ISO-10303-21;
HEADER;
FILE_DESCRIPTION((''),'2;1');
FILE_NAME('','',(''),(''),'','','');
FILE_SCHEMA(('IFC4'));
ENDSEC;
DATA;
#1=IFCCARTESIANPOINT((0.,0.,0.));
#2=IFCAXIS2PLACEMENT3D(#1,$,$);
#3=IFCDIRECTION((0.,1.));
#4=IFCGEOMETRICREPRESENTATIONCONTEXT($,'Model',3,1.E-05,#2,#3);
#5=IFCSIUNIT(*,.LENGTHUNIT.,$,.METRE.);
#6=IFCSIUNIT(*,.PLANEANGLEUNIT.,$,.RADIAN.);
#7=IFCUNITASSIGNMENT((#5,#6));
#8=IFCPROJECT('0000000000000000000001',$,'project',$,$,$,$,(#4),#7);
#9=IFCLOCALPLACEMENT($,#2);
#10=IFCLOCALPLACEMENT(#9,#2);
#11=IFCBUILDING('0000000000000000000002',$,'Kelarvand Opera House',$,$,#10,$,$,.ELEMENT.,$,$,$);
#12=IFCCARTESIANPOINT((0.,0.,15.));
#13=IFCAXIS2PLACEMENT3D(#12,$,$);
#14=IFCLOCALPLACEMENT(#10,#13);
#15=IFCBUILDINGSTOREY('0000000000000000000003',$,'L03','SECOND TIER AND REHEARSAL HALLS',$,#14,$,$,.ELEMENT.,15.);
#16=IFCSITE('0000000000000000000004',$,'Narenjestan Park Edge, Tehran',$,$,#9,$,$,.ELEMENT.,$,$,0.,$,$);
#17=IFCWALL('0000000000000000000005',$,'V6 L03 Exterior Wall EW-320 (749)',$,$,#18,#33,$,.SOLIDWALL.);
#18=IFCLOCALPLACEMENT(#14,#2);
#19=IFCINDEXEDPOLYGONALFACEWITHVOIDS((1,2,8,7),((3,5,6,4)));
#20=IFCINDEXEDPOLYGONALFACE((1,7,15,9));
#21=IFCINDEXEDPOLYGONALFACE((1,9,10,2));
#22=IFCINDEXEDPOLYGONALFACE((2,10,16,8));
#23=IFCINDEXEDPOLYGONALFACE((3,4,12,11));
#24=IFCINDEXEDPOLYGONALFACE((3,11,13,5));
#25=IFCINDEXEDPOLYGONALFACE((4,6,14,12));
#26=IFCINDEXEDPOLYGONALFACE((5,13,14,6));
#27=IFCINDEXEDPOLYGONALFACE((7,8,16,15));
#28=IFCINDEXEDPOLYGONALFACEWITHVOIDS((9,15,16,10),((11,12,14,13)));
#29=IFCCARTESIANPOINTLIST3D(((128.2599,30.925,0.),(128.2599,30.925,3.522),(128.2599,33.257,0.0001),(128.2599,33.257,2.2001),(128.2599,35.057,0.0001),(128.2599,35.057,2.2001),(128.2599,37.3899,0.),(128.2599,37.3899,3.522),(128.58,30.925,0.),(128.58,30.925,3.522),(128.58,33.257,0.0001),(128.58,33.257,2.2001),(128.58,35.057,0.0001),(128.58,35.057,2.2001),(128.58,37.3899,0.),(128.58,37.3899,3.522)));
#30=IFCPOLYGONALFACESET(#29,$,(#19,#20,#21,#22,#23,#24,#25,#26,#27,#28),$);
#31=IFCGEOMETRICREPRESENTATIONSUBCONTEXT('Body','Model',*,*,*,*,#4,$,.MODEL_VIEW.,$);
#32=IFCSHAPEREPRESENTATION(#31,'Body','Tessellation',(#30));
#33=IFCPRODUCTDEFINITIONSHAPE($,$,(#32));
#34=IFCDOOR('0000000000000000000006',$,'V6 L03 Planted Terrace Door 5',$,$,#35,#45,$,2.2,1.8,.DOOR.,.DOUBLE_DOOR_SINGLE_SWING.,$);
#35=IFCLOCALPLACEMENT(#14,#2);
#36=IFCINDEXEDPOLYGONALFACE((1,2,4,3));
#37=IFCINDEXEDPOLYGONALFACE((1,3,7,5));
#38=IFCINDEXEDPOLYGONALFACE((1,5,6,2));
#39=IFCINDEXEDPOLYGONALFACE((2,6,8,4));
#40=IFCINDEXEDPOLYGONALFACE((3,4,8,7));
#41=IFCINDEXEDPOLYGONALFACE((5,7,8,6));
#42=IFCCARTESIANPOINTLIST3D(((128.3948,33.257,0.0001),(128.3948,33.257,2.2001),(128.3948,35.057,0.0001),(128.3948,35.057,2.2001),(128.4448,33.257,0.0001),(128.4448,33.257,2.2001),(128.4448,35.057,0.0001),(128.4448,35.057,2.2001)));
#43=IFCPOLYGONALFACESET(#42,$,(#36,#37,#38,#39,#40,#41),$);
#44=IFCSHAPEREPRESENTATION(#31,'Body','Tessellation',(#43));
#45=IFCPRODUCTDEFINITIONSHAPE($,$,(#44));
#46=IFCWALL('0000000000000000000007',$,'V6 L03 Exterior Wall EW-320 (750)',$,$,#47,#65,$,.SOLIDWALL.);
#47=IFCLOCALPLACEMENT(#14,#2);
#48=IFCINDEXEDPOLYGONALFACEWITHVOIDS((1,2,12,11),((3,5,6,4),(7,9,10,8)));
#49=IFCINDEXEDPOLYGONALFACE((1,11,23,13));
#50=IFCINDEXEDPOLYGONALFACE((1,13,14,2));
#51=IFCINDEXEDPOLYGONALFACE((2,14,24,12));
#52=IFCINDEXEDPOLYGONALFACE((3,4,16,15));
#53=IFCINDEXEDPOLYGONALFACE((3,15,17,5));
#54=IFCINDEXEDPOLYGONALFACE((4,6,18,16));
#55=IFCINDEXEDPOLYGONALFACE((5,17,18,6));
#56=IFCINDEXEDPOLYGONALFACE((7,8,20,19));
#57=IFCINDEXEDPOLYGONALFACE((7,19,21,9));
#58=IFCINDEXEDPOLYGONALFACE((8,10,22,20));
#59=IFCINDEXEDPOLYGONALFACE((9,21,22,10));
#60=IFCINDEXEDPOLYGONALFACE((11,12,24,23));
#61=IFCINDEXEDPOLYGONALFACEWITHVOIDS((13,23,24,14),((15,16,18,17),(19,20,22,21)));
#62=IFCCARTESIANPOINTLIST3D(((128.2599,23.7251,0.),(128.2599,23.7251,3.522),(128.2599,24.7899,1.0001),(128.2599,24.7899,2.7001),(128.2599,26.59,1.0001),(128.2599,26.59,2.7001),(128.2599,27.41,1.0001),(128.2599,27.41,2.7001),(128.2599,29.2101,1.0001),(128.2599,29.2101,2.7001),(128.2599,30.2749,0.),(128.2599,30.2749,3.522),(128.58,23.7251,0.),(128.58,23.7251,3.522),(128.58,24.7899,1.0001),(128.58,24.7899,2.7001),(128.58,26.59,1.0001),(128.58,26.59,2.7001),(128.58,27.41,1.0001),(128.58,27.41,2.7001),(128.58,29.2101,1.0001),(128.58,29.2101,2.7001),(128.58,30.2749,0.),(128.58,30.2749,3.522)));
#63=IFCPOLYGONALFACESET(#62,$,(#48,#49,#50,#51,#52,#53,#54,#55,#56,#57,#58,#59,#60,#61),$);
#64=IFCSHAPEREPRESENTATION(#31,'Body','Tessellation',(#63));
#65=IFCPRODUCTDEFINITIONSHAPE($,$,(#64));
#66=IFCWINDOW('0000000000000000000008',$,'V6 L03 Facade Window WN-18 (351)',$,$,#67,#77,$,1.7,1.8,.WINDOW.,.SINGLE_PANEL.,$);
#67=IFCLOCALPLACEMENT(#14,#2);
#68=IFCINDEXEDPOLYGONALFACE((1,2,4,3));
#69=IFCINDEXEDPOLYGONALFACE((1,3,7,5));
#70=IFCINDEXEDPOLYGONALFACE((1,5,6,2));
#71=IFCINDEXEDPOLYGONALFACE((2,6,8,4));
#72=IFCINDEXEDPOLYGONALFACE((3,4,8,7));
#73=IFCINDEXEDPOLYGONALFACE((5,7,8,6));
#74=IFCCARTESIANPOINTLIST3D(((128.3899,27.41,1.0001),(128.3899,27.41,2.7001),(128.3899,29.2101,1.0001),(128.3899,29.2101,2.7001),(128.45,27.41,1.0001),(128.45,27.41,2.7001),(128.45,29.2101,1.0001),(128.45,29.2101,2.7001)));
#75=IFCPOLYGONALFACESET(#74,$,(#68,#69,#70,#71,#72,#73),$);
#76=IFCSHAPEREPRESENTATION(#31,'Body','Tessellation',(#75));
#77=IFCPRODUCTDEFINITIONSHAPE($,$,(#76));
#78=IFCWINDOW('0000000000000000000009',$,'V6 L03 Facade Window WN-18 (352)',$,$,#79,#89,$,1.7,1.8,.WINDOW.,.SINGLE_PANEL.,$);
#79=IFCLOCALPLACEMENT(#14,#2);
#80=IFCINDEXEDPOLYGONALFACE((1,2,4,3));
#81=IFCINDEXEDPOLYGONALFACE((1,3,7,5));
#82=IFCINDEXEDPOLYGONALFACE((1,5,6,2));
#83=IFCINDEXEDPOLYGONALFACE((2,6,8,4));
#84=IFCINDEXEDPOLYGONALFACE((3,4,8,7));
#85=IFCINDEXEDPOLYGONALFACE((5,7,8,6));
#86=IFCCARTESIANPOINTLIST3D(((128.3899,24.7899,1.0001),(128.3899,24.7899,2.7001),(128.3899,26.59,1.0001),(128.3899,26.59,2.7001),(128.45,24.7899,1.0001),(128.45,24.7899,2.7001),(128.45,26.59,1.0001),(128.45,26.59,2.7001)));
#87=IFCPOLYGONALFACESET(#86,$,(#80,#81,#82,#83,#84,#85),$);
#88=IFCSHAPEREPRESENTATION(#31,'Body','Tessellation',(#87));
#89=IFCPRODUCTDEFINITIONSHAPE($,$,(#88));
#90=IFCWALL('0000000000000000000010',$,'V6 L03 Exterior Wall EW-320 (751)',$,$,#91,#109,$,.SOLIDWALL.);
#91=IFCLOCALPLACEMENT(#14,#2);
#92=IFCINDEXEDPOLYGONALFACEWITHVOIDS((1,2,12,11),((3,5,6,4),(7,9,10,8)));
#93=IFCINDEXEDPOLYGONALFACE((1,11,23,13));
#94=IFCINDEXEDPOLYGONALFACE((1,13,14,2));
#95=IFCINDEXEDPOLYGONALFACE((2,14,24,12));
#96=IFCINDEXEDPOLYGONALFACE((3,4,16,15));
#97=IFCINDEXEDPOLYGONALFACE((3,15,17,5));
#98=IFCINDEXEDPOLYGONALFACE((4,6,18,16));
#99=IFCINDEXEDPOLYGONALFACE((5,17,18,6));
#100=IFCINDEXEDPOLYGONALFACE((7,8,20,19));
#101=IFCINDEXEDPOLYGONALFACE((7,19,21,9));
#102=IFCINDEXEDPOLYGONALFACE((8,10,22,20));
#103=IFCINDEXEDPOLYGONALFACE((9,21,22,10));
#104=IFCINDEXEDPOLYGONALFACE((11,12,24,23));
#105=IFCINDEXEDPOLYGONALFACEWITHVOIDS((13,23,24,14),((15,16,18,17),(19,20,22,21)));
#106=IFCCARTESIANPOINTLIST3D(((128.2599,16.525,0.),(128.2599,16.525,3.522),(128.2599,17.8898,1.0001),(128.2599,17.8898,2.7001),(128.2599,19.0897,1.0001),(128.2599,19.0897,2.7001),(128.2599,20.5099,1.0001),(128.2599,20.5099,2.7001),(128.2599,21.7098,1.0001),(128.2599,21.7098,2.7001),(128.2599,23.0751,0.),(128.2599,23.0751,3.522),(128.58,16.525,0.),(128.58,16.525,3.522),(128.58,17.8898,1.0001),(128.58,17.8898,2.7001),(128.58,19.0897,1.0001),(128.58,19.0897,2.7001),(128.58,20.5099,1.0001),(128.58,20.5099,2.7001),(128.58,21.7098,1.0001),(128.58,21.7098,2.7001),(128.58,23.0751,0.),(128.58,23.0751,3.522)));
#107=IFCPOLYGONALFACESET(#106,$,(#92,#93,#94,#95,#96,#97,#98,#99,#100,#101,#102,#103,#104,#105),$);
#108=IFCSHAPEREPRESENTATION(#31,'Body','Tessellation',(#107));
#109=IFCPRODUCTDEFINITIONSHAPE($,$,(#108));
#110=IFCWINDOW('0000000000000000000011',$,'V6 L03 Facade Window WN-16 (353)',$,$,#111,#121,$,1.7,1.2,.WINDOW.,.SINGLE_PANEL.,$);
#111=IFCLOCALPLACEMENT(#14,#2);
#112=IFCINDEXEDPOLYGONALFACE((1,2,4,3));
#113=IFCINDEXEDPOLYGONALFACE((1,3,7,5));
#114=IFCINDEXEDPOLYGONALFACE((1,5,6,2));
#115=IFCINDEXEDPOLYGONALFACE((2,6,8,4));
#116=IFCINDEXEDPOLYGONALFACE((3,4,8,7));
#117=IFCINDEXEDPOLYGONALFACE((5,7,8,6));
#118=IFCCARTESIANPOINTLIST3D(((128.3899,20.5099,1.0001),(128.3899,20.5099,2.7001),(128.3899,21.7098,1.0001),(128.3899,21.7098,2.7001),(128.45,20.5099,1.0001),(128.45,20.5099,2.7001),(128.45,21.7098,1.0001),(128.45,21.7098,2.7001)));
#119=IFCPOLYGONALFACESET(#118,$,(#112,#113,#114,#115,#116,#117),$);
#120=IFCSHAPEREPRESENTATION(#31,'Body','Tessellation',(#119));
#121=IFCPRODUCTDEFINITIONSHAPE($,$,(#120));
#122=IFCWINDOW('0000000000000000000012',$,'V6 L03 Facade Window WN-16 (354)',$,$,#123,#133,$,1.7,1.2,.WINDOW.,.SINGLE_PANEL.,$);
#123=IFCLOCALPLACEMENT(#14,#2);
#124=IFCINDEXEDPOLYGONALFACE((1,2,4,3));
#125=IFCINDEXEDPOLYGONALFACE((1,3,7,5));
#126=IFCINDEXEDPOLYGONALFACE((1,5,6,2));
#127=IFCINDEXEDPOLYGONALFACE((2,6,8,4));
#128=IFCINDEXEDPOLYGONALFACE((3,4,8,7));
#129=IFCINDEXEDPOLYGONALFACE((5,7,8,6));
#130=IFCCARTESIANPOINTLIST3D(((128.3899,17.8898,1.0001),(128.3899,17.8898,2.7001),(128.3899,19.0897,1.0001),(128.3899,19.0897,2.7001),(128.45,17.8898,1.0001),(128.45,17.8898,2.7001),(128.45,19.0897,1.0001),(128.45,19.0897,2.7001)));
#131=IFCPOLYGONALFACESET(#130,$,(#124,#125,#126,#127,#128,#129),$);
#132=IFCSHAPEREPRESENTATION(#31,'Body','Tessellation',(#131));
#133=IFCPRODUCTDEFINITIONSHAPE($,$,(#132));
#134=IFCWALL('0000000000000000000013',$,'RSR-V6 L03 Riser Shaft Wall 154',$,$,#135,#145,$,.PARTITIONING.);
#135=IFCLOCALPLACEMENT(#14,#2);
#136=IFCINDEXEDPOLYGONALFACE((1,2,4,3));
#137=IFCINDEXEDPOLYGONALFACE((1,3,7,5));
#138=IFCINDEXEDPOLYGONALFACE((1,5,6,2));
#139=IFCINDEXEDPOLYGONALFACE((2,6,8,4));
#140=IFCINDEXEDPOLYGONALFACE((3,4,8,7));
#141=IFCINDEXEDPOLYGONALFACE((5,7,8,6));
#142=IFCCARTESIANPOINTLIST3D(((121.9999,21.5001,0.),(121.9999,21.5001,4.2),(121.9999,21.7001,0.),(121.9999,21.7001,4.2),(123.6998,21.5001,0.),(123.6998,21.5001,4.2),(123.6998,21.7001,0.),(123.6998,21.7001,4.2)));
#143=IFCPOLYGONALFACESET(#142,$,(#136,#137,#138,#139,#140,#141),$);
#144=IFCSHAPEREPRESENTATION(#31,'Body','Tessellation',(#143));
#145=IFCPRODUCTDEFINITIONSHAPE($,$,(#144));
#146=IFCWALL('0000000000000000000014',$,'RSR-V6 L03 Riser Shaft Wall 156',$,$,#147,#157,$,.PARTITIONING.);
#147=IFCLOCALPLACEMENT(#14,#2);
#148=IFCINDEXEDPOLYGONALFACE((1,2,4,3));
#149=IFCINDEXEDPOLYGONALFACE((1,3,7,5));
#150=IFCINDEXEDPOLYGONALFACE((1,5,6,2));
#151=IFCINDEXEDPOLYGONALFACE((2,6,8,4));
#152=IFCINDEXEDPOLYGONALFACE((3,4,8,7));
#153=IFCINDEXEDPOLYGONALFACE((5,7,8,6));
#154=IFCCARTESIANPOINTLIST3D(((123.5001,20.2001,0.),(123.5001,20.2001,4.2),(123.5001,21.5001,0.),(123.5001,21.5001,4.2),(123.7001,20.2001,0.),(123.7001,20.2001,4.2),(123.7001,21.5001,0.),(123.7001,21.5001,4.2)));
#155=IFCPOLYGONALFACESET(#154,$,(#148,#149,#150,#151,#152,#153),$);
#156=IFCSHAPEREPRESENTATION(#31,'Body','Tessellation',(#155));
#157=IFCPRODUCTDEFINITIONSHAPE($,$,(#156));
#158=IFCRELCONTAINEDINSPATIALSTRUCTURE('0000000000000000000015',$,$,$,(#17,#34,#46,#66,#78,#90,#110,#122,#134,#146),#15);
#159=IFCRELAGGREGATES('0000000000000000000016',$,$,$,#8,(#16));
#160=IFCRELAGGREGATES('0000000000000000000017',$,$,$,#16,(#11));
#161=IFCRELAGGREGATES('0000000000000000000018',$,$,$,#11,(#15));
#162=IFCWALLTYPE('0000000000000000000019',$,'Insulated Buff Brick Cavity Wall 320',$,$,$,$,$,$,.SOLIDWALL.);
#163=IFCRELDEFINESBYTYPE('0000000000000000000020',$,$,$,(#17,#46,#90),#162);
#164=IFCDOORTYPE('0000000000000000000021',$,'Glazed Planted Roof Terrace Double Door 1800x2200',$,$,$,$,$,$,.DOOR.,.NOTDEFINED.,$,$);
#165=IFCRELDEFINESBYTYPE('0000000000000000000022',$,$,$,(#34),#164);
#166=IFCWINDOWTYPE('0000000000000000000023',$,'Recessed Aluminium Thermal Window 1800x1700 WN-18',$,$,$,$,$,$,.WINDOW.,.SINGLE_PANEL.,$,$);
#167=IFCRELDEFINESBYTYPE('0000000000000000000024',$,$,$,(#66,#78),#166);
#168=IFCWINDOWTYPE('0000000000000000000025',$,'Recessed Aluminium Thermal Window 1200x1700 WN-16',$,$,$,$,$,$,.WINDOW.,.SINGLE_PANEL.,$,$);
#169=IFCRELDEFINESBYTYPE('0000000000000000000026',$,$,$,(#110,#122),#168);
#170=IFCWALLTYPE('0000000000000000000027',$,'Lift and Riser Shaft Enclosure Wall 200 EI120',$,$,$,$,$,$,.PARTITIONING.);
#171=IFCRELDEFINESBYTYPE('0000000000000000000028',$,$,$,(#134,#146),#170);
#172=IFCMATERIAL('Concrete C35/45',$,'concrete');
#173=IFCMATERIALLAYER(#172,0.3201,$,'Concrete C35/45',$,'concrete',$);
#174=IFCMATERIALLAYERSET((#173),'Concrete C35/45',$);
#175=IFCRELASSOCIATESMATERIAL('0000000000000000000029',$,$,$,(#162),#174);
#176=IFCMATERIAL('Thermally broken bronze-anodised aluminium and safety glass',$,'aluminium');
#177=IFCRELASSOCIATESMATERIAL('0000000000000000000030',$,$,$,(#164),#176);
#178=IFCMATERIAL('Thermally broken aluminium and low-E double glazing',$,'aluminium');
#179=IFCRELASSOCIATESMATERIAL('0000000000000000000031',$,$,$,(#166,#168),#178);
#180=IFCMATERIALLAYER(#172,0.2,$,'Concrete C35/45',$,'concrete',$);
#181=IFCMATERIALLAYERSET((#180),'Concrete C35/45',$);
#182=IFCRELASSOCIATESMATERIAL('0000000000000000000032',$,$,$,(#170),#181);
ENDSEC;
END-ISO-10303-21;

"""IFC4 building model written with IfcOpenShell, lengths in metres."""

from ifc_helpers import new_model, si_unit, direction, frame, frame_2d, origin, place, context, subcontext, project, spatial, rectangle, extrude, material, layer, layer_set, type_object, element, fill, save


model = new_model("IFC4")

# Units and contexts
model_context = context("Model", 3, precision=1e-05, world=origin(), true_north=direction((0.0, 1.0)))
body_context = subcontext(model_context, "Body", "Model", "MODEL_VIEW")
ifc_project = project(units=[si_unit("LENGTHUNIT", "METRE"), si_unit("PLANEANGLEUNIT", "RADIAN")], contexts=[model_context])

# Site, building, storey
site_placement = place(None, origin())
site = spatial("IfcSite", under=ifc_project, at=site_placement, Name="Narenjestan Park Edge, Tehran", CompositionType="ELEMENT", RefElevation=0.0)
building_placement = place(site_placement, origin())
building = spatial("IfcBuilding", under=site, at=building_placement, Name="Kelarvand Opera House", CompositionType="ELEMENT")
storey_placement = place(building_placement, frame((0.0, 0.0, 15.0)))
storey = spatial("IfcBuildingStorey", under=building, at=storey_placement, Name="L03", Description="SECOND TIER AND REHEARSAL HALLS", CompositionType="ELEMENT", Elevation=15.0)

# Wall, opening, door
ifc_material_1 = material(Name="Concrete C35/45", Category="concrete")
ifc_layer_1 = layer(ifc_material_1, 0.3201, Name="Concrete C35/45", Category="concrete")
ifc_layer_set_1 = layer_set([ifc_layer_1], Name="Concrete C35/45")
wall_type_1 = type_object("IfcWallType", Name="Insulated Buff Brick Cavity Wall 320", PredefinedType="SOLIDWALL", material=ifc_layer_set_1)
wall_1_placement = place(storey_placement, frame((128.4199, 37.3899, 0.0), z_axis=(0.0, 0.0, 1.0), x_axis=(0.0, -1.0, 0.0)))
wall_1 = element("IfcWall", 1, at=wall_1_placement, inside=storey, type_object=wall_type_1, Name="V6 L03 Exterior Wall EW-320 (749)", PredefinedType="SOLIDWALL", context=body_context, shape_type="SweptSolid", body=[
    extrude(rectangle(XDim=6.4648, YDim=0.3201, at=frame_2d((3.2324, 0.0))), origin(), (0.0, 0.0, 1.0), 3.522),
])
opening_1_placement = place(wall_1_placement, frame((2.333, 0.0, 0.0)))
opening_1 = element("IfcOpeningElement", 2, at=opening_1_placement, cuts=wall_1, PredefinedType="OPENING", context=body_context, shape_type="SweptSolid", body=[
    extrude(rectangle(XDim=1.8, YDim=2.2, at=frame_2d((0.8999, 1.1001))), frame((0.0, 0.1699, 0.0), z_axis=(0.0, -1.0, 0.0), x_axis=(1.0, 0.0, 0.0)), (0.0, 0.0, 1.0), 0.3401),
])
ifc_material_2 = material(Name="Thermally broken bronze-anodised aluminium and safety glass", Category="aluminium")
door_type = type_object("IfcDoorType", Name="Glazed Planted Roof Terrace Double Door 1800x2200", OperationType="NOTDEFINED", PredefinedType="DOOR", material=ifc_material_2)
door_placement = place(opening_1_placement, origin())
door = element("IfcDoor", 3, at=door_placement, inside=storey, type_object=door_type, Name="V6 L03 Planted Terrace Door 5", OperationType="DOUBLE_DOOR_SINGLE_SWING", OverallHeight=2.2, OverallWidth=1.8, PredefinedType="DOOR", context=body_context, shape_type="SweptSolid", body=[
    extrude(rectangle(XDim=1.8, YDim=2.2, at=frame_2d((0.8999, 1.1001))), frame((0.0, 0.0249, 0.0), z_axis=(0.0, -1.0, 0.0), x_axis=(1.0, 0.0, 0.0)), (0.0, 0.0, 1.0), 0.05),
])
fill(opening_1, door)

# Walls, openings, windows
wall_2_placement = place(storey_placement, frame((128.4199, 30.2749, 0.0), z_axis=(0.0, 0.0, 1.0), x_axis=(0.0, -1.0, 0.0)))
wall_2 = element("IfcWall", 4, at=wall_2_placement, inside=storey, type_object=wall_type_1, Name="V6 L03 Exterior Wall EW-320 (750)", PredefinedType="SOLIDWALL", context=body_context, shape_type="SweptSolid", body=[
    extrude(rectangle(XDim=6.5498, YDim=0.3201, at=frame_2d((3.2749, 0.0))), origin(), (0.0, 0.0, 1.0), 3.522),
])
opening_2_placement = place(wall_2_placement, frame((1.0649, 0.0, 1.0)))
opening_2 = element("IfcOpeningElement", 5, at=opening_2_placement, cuts=wall_2, PredefinedType="OPENING", context=body_context, shape_type="SweptSolid", body=[
    extrude(rectangle(XDim=1.8, YDim=1.7, at=frame_2d((0.8999, 0.8501))), frame((0.0, 0.1699, 0.0), z_axis=(0.0, -1.0, 0.0), x_axis=(1.0, 0.0, 0.0)), (0.0, 0.0, 1.0), 0.3401),
])
opening_3_placement = place(wall_2_placement, frame((3.6851, 0.0, 1.0)))
opening_3 = element("IfcOpeningElement", 6, at=opening_3_placement, cuts=wall_2, PredefinedType="OPENING", context=body_context, shape_type="SweptSolid", body=[
    extrude(rectangle(XDim=1.8, YDim=1.7, at=frame_2d((0.8999, 0.8501))), frame((0.0, 0.1699, 0.0), z_axis=(0.0, -1.0, 0.0), x_axis=(1.0, 0.0, 0.0)), (0.0, 0.0, 1.0), 0.3401),
])
ifc_material_3 = material(Name="Thermally broken aluminium and low-E double glazing", Category="aluminium")
window_type_1 = type_object("IfcWindowType", Name="Recessed Aluminium Thermal Window 1800x1700 WN-18", PartitioningType="SINGLE_PANEL", PredefinedType="WINDOW", material=ifc_material_3)
window_1_placement = place(opening_2_placement, origin())
window_1 = element("IfcWindow", 7, at=window_1_placement, inside=storey, type_object=window_type_1, Name="V6 L03 Facade Window WN-18 (351)", OverallHeight=1.7, OverallWidth=1.8, PartitioningType="SINGLE_PANEL", PredefinedType="WINDOW", context=body_context, shape_type="SweptSolid", body=[
    extrude(rectangle(XDim=1.8, YDim=1.7, at=frame_2d((0.8999, 0.8501))), frame((0.0, 0.03, 0.0), z_axis=(0.0, -1.0, 0.0), x_axis=(1.0, 0.0, 0.0)), (0.0, 0.0, 1.0), 0.0601),
])
fill(opening_2, window_1)
window_2_placement = place(opening_3_placement, origin())
window_2 = element("IfcWindow", 8, at=window_2_placement, inside=storey, type_object=window_type_1, Name="V6 L03 Facade Window WN-18 (352)", OverallHeight=1.7, OverallWidth=1.8, PartitioningType="SINGLE_PANEL", PredefinedType="WINDOW", context=body_context, shape_type="SweptSolid", body=[
    extrude(rectangle(XDim=1.8, YDim=1.7, at=frame_2d((0.8999, 0.8501))), frame((0.0, 0.03, 0.0), z_axis=(0.0, -1.0, 0.0), x_axis=(1.0, 0.0, 0.0)), (0.0, 0.0, 1.0), 0.0601),
])
fill(opening_3, window_2)
wall_3_placement = place(storey_placement, frame((128.4199, 23.075, 0.0), z_axis=(0.0, 0.0, 1.0), x_axis=(0.0, -1.0, 0.0)))
wall_3 = element("IfcWall", 9, at=wall_3_placement, inside=storey, type_object=wall_type_1, Name="V6 L03 Exterior Wall EW-320 (751)", PredefinedType="SOLIDWALL", context=body_context, shape_type="SweptSolid", body=[
    extrude(rectangle(XDim=6.55, YDim=0.3201, at=frame_2d((3.2749, 0.0))), origin(), (0.0, 0.0, 1.0), 3.522),
])
opening_4_placement = place(wall_3_placement, frame((1.365, 0.0, 1.0)))
opening_4 = element("IfcOpeningElement", 10, at=opening_4_placement, cuts=wall_3, PredefinedType="OPENING", context=body_context, shape_type="SweptSolid", body=[
    extrude(rectangle(XDim=1.2, YDim=1.7, at=frame_2d((0.6001, 0.8501))), frame((0.0, 0.1699, 0.0), z_axis=(0.0, -1.0, 0.0), x_axis=(1.0, 0.0, 0.0)), (0.0, 0.0, 1.0), 0.3401),
])
opening_5_placement = place(wall_3_placement, frame((3.9851, 0.0, 1.0)))
opening_5 = element("IfcOpeningElement", 11, at=opening_5_placement, cuts=wall_3, PredefinedType="OPENING", context=body_context, shape_type="SweptSolid", body=[
    extrude(rectangle(XDim=1.2, YDim=1.7, at=frame_2d((0.6001, 0.8501))), frame((0.0, 0.1699, 0.0), z_axis=(0.0, -1.0, 0.0), x_axis=(1.0, 0.0, 0.0)), (0.0, 0.0, 1.0), 0.3401),
])
window_type_2 = type_object("IfcWindowType", Name="Recessed Aluminium Thermal Window 1200x1700 WN-16", PartitioningType="SINGLE_PANEL", PredefinedType="WINDOW", material=ifc_material_3)
window_3_placement = place(opening_4_placement, origin())
window_3 = element("IfcWindow", 12, at=window_3_placement, inside=storey, type_object=window_type_2, Name="V6 L03 Facade Window WN-16 (353)", OverallHeight=1.7, OverallWidth=1.2, PartitioningType="SINGLE_PANEL", PredefinedType="WINDOW", context=body_context, shape_type="SweptSolid", body=[
    extrude(rectangle(XDim=1.2, YDim=1.7, at=frame_2d((0.6001, 0.8501))), frame((0.0, 0.03, 0.0), z_axis=(0.0, -1.0, 0.0), x_axis=(1.0, 0.0, 0.0)), (0.0, 0.0, 1.0), 0.0601),
])
fill(opening_4, window_3)
window_4_placement = place(opening_5_placement, origin())
window_4 = element("IfcWindow", 13, at=window_4_placement, inside=storey, type_object=window_type_2, Name="V6 L03 Facade Window WN-16 (354)", OverallHeight=1.7, OverallWidth=1.2, PartitioningType="SINGLE_PANEL", PredefinedType="WINDOW", context=body_context, shape_type="SweptSolid", body=[
    extrude(rectangle(XDim=1.2, YDim=1.7, at=frame_2d((0.6001, 0.8501))), frame((0.0, 0.03, 0.0), z_axis=(0.0, -1.0, 0.0), x_axis=(1.0, 0.0, 0.0)), (0.0, 0.0, 1.0), 0.0601),
])
fill(opening_5, window_4)

# Walls
ifc_layer_2 = layer(ifc_material_1, 0.2, Name="Concrete C35/45", Category="concrete")
ifc_layer_set_2 = layer_set([ifc_layer_2], Name="Concrete C35/45")
wall_type_2 = type_object("IfcWallType", Name="Lift and Riser Shaft Enclosure Wall 200 EI120", PredefinedType="PARTITIONING", material=ifc_layer_set_2)
wall_4_placement = place(storey_placement, frame((123.7, 21.6001, 0.0), z_axis=(0.0, 0.0, 1.0), x_axis=(-1.0, 0.0, 0.0)))
element("IfcWall", 14, at=wall_4_placement, inside=storey, type_object=wall_type_2, Name="RSR-V6 L03 Riser Shaft Wall 154", PredefinedType="PARTITIONING", context=body_context, shape_type="SweptSolid", body=[
    extrude(rectangle(XDim=1.7, YDim=0.2, at=frame_2d((0.8501, 0.0))), origin(), (0.0, 0.0, 1.0), 4.2),
])
wall_5_placement = place(storey_placement, frame((123.6001, 21.5, 0.0), z_axis=(0.0, 0.0, 1.0), x_axis=(0.0, -1.0, 0.0)))
element("IfcWall", 15, at=wall_5_placement, inside=storey, type_object=wall_type_2, Name="RSR-V6 L03 Riser Shaft Wall 156", PredefinedType="PARTITIONING", context=body_context, shape_type="SweptSolid", body=[
    extrude(rectangle(XDim=1.3, YDim=0.2, at=frame_2d((0.6499, 0.0))), origin(), (0.0, 0.0, 1.0), 4.2),
])

save(model, "model.ifc")
